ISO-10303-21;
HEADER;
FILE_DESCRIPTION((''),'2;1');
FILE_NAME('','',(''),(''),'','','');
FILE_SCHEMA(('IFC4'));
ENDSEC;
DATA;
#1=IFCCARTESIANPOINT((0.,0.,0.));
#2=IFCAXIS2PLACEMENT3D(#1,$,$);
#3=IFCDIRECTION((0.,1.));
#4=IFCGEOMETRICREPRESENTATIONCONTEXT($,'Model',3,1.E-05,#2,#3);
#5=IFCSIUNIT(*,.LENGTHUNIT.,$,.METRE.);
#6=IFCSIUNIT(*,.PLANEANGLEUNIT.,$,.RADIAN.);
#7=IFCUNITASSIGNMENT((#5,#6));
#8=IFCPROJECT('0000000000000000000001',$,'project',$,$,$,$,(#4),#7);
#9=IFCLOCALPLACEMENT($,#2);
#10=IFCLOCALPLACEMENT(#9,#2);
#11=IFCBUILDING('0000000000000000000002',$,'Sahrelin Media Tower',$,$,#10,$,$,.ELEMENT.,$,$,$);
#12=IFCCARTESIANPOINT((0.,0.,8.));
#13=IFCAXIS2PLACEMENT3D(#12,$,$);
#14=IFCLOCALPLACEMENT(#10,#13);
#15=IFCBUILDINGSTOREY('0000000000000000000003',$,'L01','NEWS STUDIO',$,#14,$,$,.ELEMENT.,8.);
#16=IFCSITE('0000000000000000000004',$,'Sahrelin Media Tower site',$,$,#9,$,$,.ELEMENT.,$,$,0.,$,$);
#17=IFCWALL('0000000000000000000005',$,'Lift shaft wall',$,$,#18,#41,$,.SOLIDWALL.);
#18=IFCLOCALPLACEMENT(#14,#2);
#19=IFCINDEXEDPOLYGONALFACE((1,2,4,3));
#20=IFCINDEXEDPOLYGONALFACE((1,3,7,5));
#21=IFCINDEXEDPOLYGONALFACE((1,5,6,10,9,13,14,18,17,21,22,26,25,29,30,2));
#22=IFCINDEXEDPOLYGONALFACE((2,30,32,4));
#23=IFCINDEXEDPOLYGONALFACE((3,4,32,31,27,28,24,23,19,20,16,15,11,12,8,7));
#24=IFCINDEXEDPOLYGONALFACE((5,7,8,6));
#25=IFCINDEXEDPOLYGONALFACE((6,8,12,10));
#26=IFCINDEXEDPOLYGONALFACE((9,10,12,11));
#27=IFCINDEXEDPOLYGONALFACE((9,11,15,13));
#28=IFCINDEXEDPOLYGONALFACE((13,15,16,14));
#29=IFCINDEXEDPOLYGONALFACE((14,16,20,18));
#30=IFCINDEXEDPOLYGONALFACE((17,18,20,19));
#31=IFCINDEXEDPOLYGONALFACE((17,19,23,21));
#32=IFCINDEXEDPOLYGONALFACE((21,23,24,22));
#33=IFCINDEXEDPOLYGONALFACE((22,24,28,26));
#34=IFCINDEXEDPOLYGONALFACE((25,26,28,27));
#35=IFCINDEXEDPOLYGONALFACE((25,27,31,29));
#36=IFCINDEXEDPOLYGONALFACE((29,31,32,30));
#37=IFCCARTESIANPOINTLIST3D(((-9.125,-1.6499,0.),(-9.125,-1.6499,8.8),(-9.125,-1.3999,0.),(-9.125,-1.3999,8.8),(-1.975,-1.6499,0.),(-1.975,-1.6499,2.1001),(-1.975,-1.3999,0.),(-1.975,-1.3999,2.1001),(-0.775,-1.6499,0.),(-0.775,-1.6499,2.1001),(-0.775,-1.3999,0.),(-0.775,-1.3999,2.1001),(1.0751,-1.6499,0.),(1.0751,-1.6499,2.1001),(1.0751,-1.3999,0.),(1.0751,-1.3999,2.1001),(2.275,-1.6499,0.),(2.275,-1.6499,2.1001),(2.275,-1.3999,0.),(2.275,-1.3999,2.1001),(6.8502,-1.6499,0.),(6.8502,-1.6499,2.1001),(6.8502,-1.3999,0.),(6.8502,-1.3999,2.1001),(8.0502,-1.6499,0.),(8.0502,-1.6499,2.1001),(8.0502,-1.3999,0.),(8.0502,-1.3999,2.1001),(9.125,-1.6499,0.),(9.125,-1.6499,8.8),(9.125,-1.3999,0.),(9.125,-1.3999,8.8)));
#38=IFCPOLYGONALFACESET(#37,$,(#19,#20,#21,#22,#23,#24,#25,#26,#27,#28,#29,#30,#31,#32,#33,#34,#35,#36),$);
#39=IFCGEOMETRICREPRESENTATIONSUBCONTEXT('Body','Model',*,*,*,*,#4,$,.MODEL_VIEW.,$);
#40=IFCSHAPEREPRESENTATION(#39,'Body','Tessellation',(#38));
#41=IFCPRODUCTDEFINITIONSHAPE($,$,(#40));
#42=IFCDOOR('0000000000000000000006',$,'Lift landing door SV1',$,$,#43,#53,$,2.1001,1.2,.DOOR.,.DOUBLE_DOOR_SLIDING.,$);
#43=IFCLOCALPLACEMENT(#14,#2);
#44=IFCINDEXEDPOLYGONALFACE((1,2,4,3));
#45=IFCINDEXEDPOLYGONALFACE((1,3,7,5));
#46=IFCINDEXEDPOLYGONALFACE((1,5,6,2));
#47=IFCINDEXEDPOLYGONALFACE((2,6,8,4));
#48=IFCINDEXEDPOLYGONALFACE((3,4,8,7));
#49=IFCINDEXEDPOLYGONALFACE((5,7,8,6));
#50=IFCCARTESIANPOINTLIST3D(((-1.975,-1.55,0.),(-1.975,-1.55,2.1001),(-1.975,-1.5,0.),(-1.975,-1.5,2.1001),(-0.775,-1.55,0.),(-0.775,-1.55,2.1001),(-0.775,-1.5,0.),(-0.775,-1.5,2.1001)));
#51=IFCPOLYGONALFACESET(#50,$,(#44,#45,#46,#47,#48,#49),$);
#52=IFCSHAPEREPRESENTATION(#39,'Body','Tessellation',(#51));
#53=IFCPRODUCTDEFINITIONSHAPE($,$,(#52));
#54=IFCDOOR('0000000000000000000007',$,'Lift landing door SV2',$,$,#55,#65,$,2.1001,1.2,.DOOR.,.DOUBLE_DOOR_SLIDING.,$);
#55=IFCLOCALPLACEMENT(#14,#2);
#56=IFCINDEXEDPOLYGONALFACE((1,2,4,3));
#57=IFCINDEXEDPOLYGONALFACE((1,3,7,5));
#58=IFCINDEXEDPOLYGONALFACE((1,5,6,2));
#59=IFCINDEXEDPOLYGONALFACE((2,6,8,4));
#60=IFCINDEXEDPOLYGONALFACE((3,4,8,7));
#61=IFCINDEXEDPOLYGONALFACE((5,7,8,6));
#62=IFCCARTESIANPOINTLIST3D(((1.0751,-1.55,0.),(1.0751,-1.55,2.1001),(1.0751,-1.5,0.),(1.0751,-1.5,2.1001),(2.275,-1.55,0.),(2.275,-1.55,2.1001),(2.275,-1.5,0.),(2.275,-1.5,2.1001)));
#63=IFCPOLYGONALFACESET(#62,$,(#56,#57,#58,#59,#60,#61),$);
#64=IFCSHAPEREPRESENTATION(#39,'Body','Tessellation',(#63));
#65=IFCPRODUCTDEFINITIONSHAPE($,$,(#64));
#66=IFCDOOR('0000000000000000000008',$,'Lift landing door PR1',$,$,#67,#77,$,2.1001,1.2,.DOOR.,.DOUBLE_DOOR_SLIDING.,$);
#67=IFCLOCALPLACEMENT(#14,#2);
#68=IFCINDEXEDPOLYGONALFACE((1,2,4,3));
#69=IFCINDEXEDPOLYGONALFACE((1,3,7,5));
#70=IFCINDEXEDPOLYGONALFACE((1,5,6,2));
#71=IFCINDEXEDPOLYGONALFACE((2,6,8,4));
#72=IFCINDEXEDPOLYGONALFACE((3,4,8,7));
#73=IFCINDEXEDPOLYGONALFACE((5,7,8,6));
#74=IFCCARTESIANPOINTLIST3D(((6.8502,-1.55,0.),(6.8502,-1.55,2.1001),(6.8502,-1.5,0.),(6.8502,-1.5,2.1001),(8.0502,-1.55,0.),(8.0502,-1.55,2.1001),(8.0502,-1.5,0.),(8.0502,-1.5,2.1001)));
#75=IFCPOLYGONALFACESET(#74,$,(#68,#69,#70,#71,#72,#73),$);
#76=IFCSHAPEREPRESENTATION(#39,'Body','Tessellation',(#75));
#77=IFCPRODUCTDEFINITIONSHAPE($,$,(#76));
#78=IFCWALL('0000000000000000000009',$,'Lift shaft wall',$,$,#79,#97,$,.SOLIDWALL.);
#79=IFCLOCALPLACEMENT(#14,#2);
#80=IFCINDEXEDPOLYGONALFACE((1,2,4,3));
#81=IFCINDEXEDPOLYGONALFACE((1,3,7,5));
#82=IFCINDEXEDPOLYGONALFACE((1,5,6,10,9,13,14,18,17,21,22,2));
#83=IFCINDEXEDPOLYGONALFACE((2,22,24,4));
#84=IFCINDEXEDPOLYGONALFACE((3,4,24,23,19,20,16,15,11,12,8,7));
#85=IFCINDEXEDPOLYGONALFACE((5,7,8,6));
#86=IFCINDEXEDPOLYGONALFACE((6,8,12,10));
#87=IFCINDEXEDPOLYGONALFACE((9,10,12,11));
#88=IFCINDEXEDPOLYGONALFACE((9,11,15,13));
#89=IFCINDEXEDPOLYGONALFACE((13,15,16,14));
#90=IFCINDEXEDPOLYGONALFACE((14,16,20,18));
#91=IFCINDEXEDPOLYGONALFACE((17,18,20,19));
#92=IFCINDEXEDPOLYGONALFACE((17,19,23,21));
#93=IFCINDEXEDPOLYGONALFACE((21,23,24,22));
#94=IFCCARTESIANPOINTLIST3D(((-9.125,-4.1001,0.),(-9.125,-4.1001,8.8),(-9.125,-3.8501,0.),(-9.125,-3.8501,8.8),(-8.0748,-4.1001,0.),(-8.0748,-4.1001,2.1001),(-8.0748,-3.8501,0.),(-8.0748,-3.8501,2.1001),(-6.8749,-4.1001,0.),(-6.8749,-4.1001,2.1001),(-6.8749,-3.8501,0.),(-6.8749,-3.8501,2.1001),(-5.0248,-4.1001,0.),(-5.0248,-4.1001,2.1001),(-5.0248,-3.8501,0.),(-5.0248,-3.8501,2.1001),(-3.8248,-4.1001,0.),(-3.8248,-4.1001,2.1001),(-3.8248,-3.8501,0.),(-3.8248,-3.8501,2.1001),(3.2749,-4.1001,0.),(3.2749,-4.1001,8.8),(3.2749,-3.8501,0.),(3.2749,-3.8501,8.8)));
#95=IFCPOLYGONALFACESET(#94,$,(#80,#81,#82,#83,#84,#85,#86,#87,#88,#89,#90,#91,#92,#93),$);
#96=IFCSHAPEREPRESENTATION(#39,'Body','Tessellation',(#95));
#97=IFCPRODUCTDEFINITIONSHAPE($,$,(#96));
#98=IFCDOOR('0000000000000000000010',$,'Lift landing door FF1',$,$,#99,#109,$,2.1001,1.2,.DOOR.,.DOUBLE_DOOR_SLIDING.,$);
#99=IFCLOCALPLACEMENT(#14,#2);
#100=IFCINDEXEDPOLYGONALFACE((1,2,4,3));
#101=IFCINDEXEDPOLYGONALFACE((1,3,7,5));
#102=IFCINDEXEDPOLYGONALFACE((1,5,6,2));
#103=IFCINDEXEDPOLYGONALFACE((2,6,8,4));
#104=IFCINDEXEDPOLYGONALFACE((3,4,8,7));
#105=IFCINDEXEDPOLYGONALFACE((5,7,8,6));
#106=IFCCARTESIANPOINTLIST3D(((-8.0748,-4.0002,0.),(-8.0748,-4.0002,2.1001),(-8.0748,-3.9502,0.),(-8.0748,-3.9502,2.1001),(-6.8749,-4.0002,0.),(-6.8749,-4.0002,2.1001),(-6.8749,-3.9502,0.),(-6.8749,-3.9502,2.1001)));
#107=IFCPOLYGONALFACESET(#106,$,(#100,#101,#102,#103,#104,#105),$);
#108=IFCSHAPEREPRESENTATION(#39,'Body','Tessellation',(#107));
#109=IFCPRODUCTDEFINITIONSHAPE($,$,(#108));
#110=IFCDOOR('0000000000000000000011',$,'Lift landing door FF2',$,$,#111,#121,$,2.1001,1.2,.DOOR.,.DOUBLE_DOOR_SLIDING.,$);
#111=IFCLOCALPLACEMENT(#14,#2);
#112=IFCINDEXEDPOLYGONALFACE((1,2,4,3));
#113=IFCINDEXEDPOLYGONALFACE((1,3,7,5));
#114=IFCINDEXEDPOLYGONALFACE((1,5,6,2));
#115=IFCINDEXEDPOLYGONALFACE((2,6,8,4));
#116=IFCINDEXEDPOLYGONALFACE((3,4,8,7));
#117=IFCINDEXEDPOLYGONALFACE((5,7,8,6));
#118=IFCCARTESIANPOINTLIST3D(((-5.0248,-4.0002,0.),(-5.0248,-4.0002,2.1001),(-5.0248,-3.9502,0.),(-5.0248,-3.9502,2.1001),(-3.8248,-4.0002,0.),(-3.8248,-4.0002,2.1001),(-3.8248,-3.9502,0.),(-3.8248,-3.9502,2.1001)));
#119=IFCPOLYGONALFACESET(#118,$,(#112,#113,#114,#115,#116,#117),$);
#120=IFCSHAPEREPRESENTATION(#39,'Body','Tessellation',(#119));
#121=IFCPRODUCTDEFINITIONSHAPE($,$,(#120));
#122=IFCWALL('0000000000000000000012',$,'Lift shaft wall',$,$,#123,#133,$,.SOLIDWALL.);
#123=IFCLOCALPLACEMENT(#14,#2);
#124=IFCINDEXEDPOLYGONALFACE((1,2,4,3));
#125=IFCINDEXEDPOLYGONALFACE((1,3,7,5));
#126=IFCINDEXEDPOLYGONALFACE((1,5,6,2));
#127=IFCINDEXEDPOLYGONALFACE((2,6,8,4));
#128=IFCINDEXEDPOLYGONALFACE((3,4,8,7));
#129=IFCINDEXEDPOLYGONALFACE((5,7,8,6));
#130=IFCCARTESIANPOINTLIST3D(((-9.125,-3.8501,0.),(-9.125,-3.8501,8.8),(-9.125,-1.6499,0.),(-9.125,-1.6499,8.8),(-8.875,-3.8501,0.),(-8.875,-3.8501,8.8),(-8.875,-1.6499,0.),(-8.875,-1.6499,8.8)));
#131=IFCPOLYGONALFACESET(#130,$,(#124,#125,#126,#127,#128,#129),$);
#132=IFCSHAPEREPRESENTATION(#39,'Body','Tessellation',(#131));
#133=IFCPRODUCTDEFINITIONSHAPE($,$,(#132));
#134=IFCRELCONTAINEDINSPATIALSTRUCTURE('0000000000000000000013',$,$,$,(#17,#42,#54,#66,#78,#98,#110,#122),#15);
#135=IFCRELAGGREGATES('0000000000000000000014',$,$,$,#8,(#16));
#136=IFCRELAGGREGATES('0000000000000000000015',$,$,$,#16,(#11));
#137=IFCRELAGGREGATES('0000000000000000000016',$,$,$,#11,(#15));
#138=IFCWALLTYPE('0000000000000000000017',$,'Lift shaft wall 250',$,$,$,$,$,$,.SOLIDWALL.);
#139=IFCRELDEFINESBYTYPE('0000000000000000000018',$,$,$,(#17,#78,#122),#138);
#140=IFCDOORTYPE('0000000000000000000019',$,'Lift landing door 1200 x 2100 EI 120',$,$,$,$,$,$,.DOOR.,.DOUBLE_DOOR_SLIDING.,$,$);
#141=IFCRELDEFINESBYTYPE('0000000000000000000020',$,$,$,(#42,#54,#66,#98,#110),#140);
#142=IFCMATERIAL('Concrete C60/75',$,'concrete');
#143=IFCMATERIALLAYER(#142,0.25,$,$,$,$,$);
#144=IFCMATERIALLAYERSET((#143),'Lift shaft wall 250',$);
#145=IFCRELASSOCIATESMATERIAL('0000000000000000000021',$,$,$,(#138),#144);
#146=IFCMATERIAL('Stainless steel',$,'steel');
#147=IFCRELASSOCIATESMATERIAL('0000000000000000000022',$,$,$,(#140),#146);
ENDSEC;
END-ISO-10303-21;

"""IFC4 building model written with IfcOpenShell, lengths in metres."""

from ifc_helpers import new_model, si_unit, direction, frame, frame_2d, origin, place, context, subcontext, project, spatial, rectangle, extrude, material, layer, layer_set, type_object, element, fill, save


model = new_model("IFC4")

# Units and contexts
model_context = context("Model", 3, precision=1e-05, world=origin(), true_north=direction((0.0, 1.0)))
body_context = subcontext(model_context, "Body", "Model", "MODEL_VIEW")
ifc_project = project(units=[si_unit("LENGTHUNIT", "METRE"), si_unit("PLANEANGLEUNIT", "RADIAN")], contexts=[model_context])

# Site, building, storey
site_placement = place(None, origin())
site = spatial("IfcSite", under=ifc_project, at=site_placement, Name="Sahrelin Media Tower site", CompositionType="ELEMENT", RefElevation=0.0)
building_placement = place(site_placement, origin())
building = spatial("IfcBuilding", under=site, at=building_placement, Name="Sahrelin Media Tower", CompositionType="ELEMENT")
storey_placement = place(building_placement, frame((0.0, 0.0, 8.0)))
storey = spatial("IfcBuildingStorey", under=building, at=storey_placement, Name="L01", Description="NEWS STUDIO", CompositionType="ELEMENT", Elevation=8.0)

# Walls, openings, doors
ifc_material_1 = material(Name="Concrete C60/75", Category="concrete")
ifc_layer_1 = layer(ifc_material_1, 0.25)
ifc_layer_set_1 = layer_set([ifc_layer_1], Name="Lift shaft wall 250")
wall_type_1 = type_object("IfcWallType", Name="Lift shaft wall 250", PredefinedType="SOLIDWALL", material=ifc_layer_set_1)
wall_1_placement = place(storey_placement, frame((-9.125, -1.5249, 0.0), z_axis=(0.0, 0.0, 1.0), x_axis=(1.0, 0.0, 0.0)))
wall_1 = element("IfcWall", 1, at=wall_1_placement, inside=storey, type_object=wall_type_1, Name="Lift shaft wall", PredefinedType="SOLIDWALL", context=body_context, shape_type="SweptSolid", body=[
    extrude(rectangle(XDim=18.25, YDim=0.25, at=frame_2d((9.125, 0.0))), origin(), (0.0, 0.0, 1.0), 8.8),
])
opening_1_placement = place(wall_1_placement, frame((7.1499, 0.0, 0.0)))
opening_1 = element("IfcOpeningElement", 2, at=opening_1_placement, cuts=wall_1, PredefinedType="OPENING", context=body_context, shape_type="SweptSolid", body=[
    extrude(rectangle(XDim=1.2, YDim=2.1001, at=frame_2d((0.6001, 1.05))), frame((0.0, 0.125, 0.0), z_axis=(0.0, -1.0, 0.0), x_axis=(1.0, 0.0, 0.0)), (0.0, 0.0, 1.0), 0.25),
])
opening_2_placement = place(wall_1_placement, frame((10.2, 0.0, 0.0)))
opening_2 = element("IfcOpeningElement", 3, at=opening_2_placement, cuts=wall_1, PredefinedType="OPENING", context=body_context, shape_type="SweptSolid", body=[
    extrude(rectangle(XDim=1.2, YDim=2.1001, at=frame_2d((0.6001, 1.05))), frame((0.0, 0.125, 0.0), z_axis=(0.0, -1.0, 0.0), x_axis=(1.0, 0.0, 0.0)), (0.0, 0.0, 1.0), 0.25),
])
opening_3_placement = place(wall_1_placement, frame((15.9751, 0.0, 0.0)))
opening_3 = element("IfcOpeningElement", 4, at=opening_3_placement, cuts=wall_1, PredefinedType="OPENING", context=body_context, shape_type="SweptSolid", body=[
    extrude(rectangle(XDim=1.2, YDim=2.1001, at=frame_2d((0.6001, 1.05))), frame((0.0, 0.125, 0.0), z_axis=(0.0, -1.0, 0.0), x_axis=(1.0, 0.0, 0.0)), (0.0, 0.0, 1.0), 0.25),
])
ifc_material_2 = material(Name="Stainless steel", Category="steel")
door_type_1 = type_object("IfcDoorType", Name="Lift landing door 1200 x 2100 EI 120", OperationType="DOUBLE_DOOR_SLIDING", PredefinedType="DOOR", material=ifc_material_2)
door_1_placement = place(opening_1_placement, origin())
door_1 = element("IfcDoor", 5, at=door_1_placement, inside=storey, type_object=door_type_1, Name="Lift landing door SV1", OperationType="DOUBLE_DOOR_SLIDING", OverallHeight=2.1001, OverallWidth=1.2, PredefinedType="DOOR", context=body_context, shape_type="SweptSolid", body=[
    extrude(rectangle(XDim=1.2, YDim=2.1001, at=frame_2d((0.6001, 1.05))), frame((0.0, 0.0249, 0.0), z_axis=(0.0, -1.0, 0.0), x_axis=(1.0, 0.0, 0.0)), (0.0, 0.0, 1.0), 0.05),
])
fill(opening_1, door_1)
door_2_placement = place(opening_2_placement, origin())
door_2 = element("IfcDoor", 6, at=door_2_placement, inside=storey, type_object=door_type_1, Name="Lift landing door SV2", OperationType="DOUBLE_DOOR_SLIDING", OverallHeight=2.1001, OverallWidth=1.2, PredefinedType="DOOR", context=body_context, shape_type="SweptSolid", body=[
    extrude(rectangle(XDim=1.2, YDim=2.1001, at=frame_2d((0.6001, 1.05))), frame((0.0, 0.0249, 0.0), z_axis=(0.0, -1.0, 0.0), x_axis=(1.0, 0.0, 0.0)), (0.0, 0.0, 1.0), 0.05),
])
fill(opening_2, door_2)
door_3_placement = place(opening_3_placement, origin())
door_3 = element("IfcDoor", 7, at=door_3_placement, inside=storey, type_object=door_type_1, Name="Lift landing door PR1", OperationType="DOUBLE_DOOR_SLIDING", OverallHeight=2.1001, OverallWidth=1.2, PredefinedType="DOOR", context=body_context, shape_type="SweptSolid", body=[
    extrude(rectangle(XDim=1.2, YDim=2.1001, at=frame_2d((0.6001, 1.05))), frame((0.0, 0.0249, 0.0), z_axis=(0.0, -1.0, 0.0), x_axis=(1.0, 0.0, 0.0)), (0.0, 0.0, 1.0), 0.05),
])
fill(opening_3, door_3)
wall_2_placement = place(storey_placement, frame((-9.125, -3.9751, 0.0), z_axis=(0.0, 0.0, 1.0), x_axis=(1.0, 0.0, 0.0)))
wall_2 = element("IfcWall", 8, at=wall_2_placement, inside=storey, type_object=wall_type_1, Name="Lift shaft wall", PredefinedType="SOLIDWALL", context=body_context, shape_type="SweptSolid", body=[
    extrude(rectangle(XDim=12.3999, YDim=0.25, at=frame_2d((6.2, 0.0))), origin(), (0.0, 0.0, 1.0), 8.8),
])
opening_4_placement = place(wall_2_placement, frame((1.05, 0.0, 0.0)))
opening_4 = element("IfcOpeningElement", 9, at=opening_4_placement, cuts=wall_2, PredefinedType="OPENING", context=body_context, shape_type="SweptSolid", body=[
    extrude(rectangle(XDim=1.2, YDim=2.1001, at=frame_2d((0.6001, 1.05))), frame((0.0, 0.125, 0.0), z_axis=(0.0, -1.0, 0.0), x_axis=(1.0, 0.0, 0.0)), (0.0, 0.0, 1.0), 0.25),
])
opening_5_placement = place(wall_2_placement, frame((4.1001, 0.0, 0.0)))
opening_5 = element("IfcOpeningElement", 10, at=opening_5_placement, cuts=wall_2, PredefinedType="OPENING", context=body_context, shape_type="SweptSolid", body=[
    extrude(rectangle(XDim=1.2, YDim=2.1001, at=frame_2d((0.6001, 1.05))), frame((0.0, 0.125, 0.0), z_axis=(0.0, -1.0, 0.0), x_axis=(1.0, 0.0, 0.0)), (0.0, 0.0, 1.0), 0.25),
])
door_4_placement = place(opening_4_placement, origin())
door_4 = element("IfcDoor", 11, at=door_4_placement, inside=storey, type_object=door_type_1, Name="Lift landing door FF1", OperationType="DOUBLE_DOOR_SLIDING", OverallHeight=2.1001, OverallWidth=1.2, PredefinedType="DOOR", context=body_context, shape_type="SweptSolid", body=[
    extrude(rectangle(XDim=1.2, YDim=2.1001, at=frame_2d((0.6001, 1.05))), frame((0.0, 0.0249, 0.0), z_axis=(0.0, -1.0, 0.0), x_axis=(1.0, 0.0, 0.0)), (0.0, 0.0, 1.0), 0.05),
])
fill(opening_4, door_4)
door_5_placement = place(opening_5_placement, origin())
door_5 = element("IfcDoor", 12, at=door_5_placement, inside=storey, type_object=door_type_1, Name="Lift landing door FF2", OperationType="DOUBLE_DOOR_SLIDING", OverallHeight=2.1001, OverallWidth=1.2, PredefinedType="DOOR", context=body_context, shape_type="SweptSolid", body=[
    extrude(rectangle(XDim=1.2, YDim=2.1001, at=frame_2d((0.6001, 1.05))), frame((0.0, 0.0249, 0.0), z_axis=(0.0, -1.0, 0.0), x_axis=(1.0, 0.0, 0.0)), (0.0, 0.0, 1.0), 0.05),
])
fill(opening_5, door_5)

# Wall
wall_3_placement = place(storey_placement, frame((-9.0, -3.8501, 0.0), z_axis=(0.0, 0.0, 1.0), x_axis=(0.0, 1.0, 0.0)))
element("IfcWall", 13, at=wall_3_placement, inside=storey, type_object=wall_type_1, Name="Lift shaft wall", PredefinedType="SOLIDWALL", context=body_context, shape_type="SweptSolid", body=[
    extrude(rectangle(XDim=2.2002, YDim=0.25, at=frame_2d((1.1001, 0.0))), origin(), (0.0, 0.0, 1.0), 8.8),
])

save(model, "model.ifc")
